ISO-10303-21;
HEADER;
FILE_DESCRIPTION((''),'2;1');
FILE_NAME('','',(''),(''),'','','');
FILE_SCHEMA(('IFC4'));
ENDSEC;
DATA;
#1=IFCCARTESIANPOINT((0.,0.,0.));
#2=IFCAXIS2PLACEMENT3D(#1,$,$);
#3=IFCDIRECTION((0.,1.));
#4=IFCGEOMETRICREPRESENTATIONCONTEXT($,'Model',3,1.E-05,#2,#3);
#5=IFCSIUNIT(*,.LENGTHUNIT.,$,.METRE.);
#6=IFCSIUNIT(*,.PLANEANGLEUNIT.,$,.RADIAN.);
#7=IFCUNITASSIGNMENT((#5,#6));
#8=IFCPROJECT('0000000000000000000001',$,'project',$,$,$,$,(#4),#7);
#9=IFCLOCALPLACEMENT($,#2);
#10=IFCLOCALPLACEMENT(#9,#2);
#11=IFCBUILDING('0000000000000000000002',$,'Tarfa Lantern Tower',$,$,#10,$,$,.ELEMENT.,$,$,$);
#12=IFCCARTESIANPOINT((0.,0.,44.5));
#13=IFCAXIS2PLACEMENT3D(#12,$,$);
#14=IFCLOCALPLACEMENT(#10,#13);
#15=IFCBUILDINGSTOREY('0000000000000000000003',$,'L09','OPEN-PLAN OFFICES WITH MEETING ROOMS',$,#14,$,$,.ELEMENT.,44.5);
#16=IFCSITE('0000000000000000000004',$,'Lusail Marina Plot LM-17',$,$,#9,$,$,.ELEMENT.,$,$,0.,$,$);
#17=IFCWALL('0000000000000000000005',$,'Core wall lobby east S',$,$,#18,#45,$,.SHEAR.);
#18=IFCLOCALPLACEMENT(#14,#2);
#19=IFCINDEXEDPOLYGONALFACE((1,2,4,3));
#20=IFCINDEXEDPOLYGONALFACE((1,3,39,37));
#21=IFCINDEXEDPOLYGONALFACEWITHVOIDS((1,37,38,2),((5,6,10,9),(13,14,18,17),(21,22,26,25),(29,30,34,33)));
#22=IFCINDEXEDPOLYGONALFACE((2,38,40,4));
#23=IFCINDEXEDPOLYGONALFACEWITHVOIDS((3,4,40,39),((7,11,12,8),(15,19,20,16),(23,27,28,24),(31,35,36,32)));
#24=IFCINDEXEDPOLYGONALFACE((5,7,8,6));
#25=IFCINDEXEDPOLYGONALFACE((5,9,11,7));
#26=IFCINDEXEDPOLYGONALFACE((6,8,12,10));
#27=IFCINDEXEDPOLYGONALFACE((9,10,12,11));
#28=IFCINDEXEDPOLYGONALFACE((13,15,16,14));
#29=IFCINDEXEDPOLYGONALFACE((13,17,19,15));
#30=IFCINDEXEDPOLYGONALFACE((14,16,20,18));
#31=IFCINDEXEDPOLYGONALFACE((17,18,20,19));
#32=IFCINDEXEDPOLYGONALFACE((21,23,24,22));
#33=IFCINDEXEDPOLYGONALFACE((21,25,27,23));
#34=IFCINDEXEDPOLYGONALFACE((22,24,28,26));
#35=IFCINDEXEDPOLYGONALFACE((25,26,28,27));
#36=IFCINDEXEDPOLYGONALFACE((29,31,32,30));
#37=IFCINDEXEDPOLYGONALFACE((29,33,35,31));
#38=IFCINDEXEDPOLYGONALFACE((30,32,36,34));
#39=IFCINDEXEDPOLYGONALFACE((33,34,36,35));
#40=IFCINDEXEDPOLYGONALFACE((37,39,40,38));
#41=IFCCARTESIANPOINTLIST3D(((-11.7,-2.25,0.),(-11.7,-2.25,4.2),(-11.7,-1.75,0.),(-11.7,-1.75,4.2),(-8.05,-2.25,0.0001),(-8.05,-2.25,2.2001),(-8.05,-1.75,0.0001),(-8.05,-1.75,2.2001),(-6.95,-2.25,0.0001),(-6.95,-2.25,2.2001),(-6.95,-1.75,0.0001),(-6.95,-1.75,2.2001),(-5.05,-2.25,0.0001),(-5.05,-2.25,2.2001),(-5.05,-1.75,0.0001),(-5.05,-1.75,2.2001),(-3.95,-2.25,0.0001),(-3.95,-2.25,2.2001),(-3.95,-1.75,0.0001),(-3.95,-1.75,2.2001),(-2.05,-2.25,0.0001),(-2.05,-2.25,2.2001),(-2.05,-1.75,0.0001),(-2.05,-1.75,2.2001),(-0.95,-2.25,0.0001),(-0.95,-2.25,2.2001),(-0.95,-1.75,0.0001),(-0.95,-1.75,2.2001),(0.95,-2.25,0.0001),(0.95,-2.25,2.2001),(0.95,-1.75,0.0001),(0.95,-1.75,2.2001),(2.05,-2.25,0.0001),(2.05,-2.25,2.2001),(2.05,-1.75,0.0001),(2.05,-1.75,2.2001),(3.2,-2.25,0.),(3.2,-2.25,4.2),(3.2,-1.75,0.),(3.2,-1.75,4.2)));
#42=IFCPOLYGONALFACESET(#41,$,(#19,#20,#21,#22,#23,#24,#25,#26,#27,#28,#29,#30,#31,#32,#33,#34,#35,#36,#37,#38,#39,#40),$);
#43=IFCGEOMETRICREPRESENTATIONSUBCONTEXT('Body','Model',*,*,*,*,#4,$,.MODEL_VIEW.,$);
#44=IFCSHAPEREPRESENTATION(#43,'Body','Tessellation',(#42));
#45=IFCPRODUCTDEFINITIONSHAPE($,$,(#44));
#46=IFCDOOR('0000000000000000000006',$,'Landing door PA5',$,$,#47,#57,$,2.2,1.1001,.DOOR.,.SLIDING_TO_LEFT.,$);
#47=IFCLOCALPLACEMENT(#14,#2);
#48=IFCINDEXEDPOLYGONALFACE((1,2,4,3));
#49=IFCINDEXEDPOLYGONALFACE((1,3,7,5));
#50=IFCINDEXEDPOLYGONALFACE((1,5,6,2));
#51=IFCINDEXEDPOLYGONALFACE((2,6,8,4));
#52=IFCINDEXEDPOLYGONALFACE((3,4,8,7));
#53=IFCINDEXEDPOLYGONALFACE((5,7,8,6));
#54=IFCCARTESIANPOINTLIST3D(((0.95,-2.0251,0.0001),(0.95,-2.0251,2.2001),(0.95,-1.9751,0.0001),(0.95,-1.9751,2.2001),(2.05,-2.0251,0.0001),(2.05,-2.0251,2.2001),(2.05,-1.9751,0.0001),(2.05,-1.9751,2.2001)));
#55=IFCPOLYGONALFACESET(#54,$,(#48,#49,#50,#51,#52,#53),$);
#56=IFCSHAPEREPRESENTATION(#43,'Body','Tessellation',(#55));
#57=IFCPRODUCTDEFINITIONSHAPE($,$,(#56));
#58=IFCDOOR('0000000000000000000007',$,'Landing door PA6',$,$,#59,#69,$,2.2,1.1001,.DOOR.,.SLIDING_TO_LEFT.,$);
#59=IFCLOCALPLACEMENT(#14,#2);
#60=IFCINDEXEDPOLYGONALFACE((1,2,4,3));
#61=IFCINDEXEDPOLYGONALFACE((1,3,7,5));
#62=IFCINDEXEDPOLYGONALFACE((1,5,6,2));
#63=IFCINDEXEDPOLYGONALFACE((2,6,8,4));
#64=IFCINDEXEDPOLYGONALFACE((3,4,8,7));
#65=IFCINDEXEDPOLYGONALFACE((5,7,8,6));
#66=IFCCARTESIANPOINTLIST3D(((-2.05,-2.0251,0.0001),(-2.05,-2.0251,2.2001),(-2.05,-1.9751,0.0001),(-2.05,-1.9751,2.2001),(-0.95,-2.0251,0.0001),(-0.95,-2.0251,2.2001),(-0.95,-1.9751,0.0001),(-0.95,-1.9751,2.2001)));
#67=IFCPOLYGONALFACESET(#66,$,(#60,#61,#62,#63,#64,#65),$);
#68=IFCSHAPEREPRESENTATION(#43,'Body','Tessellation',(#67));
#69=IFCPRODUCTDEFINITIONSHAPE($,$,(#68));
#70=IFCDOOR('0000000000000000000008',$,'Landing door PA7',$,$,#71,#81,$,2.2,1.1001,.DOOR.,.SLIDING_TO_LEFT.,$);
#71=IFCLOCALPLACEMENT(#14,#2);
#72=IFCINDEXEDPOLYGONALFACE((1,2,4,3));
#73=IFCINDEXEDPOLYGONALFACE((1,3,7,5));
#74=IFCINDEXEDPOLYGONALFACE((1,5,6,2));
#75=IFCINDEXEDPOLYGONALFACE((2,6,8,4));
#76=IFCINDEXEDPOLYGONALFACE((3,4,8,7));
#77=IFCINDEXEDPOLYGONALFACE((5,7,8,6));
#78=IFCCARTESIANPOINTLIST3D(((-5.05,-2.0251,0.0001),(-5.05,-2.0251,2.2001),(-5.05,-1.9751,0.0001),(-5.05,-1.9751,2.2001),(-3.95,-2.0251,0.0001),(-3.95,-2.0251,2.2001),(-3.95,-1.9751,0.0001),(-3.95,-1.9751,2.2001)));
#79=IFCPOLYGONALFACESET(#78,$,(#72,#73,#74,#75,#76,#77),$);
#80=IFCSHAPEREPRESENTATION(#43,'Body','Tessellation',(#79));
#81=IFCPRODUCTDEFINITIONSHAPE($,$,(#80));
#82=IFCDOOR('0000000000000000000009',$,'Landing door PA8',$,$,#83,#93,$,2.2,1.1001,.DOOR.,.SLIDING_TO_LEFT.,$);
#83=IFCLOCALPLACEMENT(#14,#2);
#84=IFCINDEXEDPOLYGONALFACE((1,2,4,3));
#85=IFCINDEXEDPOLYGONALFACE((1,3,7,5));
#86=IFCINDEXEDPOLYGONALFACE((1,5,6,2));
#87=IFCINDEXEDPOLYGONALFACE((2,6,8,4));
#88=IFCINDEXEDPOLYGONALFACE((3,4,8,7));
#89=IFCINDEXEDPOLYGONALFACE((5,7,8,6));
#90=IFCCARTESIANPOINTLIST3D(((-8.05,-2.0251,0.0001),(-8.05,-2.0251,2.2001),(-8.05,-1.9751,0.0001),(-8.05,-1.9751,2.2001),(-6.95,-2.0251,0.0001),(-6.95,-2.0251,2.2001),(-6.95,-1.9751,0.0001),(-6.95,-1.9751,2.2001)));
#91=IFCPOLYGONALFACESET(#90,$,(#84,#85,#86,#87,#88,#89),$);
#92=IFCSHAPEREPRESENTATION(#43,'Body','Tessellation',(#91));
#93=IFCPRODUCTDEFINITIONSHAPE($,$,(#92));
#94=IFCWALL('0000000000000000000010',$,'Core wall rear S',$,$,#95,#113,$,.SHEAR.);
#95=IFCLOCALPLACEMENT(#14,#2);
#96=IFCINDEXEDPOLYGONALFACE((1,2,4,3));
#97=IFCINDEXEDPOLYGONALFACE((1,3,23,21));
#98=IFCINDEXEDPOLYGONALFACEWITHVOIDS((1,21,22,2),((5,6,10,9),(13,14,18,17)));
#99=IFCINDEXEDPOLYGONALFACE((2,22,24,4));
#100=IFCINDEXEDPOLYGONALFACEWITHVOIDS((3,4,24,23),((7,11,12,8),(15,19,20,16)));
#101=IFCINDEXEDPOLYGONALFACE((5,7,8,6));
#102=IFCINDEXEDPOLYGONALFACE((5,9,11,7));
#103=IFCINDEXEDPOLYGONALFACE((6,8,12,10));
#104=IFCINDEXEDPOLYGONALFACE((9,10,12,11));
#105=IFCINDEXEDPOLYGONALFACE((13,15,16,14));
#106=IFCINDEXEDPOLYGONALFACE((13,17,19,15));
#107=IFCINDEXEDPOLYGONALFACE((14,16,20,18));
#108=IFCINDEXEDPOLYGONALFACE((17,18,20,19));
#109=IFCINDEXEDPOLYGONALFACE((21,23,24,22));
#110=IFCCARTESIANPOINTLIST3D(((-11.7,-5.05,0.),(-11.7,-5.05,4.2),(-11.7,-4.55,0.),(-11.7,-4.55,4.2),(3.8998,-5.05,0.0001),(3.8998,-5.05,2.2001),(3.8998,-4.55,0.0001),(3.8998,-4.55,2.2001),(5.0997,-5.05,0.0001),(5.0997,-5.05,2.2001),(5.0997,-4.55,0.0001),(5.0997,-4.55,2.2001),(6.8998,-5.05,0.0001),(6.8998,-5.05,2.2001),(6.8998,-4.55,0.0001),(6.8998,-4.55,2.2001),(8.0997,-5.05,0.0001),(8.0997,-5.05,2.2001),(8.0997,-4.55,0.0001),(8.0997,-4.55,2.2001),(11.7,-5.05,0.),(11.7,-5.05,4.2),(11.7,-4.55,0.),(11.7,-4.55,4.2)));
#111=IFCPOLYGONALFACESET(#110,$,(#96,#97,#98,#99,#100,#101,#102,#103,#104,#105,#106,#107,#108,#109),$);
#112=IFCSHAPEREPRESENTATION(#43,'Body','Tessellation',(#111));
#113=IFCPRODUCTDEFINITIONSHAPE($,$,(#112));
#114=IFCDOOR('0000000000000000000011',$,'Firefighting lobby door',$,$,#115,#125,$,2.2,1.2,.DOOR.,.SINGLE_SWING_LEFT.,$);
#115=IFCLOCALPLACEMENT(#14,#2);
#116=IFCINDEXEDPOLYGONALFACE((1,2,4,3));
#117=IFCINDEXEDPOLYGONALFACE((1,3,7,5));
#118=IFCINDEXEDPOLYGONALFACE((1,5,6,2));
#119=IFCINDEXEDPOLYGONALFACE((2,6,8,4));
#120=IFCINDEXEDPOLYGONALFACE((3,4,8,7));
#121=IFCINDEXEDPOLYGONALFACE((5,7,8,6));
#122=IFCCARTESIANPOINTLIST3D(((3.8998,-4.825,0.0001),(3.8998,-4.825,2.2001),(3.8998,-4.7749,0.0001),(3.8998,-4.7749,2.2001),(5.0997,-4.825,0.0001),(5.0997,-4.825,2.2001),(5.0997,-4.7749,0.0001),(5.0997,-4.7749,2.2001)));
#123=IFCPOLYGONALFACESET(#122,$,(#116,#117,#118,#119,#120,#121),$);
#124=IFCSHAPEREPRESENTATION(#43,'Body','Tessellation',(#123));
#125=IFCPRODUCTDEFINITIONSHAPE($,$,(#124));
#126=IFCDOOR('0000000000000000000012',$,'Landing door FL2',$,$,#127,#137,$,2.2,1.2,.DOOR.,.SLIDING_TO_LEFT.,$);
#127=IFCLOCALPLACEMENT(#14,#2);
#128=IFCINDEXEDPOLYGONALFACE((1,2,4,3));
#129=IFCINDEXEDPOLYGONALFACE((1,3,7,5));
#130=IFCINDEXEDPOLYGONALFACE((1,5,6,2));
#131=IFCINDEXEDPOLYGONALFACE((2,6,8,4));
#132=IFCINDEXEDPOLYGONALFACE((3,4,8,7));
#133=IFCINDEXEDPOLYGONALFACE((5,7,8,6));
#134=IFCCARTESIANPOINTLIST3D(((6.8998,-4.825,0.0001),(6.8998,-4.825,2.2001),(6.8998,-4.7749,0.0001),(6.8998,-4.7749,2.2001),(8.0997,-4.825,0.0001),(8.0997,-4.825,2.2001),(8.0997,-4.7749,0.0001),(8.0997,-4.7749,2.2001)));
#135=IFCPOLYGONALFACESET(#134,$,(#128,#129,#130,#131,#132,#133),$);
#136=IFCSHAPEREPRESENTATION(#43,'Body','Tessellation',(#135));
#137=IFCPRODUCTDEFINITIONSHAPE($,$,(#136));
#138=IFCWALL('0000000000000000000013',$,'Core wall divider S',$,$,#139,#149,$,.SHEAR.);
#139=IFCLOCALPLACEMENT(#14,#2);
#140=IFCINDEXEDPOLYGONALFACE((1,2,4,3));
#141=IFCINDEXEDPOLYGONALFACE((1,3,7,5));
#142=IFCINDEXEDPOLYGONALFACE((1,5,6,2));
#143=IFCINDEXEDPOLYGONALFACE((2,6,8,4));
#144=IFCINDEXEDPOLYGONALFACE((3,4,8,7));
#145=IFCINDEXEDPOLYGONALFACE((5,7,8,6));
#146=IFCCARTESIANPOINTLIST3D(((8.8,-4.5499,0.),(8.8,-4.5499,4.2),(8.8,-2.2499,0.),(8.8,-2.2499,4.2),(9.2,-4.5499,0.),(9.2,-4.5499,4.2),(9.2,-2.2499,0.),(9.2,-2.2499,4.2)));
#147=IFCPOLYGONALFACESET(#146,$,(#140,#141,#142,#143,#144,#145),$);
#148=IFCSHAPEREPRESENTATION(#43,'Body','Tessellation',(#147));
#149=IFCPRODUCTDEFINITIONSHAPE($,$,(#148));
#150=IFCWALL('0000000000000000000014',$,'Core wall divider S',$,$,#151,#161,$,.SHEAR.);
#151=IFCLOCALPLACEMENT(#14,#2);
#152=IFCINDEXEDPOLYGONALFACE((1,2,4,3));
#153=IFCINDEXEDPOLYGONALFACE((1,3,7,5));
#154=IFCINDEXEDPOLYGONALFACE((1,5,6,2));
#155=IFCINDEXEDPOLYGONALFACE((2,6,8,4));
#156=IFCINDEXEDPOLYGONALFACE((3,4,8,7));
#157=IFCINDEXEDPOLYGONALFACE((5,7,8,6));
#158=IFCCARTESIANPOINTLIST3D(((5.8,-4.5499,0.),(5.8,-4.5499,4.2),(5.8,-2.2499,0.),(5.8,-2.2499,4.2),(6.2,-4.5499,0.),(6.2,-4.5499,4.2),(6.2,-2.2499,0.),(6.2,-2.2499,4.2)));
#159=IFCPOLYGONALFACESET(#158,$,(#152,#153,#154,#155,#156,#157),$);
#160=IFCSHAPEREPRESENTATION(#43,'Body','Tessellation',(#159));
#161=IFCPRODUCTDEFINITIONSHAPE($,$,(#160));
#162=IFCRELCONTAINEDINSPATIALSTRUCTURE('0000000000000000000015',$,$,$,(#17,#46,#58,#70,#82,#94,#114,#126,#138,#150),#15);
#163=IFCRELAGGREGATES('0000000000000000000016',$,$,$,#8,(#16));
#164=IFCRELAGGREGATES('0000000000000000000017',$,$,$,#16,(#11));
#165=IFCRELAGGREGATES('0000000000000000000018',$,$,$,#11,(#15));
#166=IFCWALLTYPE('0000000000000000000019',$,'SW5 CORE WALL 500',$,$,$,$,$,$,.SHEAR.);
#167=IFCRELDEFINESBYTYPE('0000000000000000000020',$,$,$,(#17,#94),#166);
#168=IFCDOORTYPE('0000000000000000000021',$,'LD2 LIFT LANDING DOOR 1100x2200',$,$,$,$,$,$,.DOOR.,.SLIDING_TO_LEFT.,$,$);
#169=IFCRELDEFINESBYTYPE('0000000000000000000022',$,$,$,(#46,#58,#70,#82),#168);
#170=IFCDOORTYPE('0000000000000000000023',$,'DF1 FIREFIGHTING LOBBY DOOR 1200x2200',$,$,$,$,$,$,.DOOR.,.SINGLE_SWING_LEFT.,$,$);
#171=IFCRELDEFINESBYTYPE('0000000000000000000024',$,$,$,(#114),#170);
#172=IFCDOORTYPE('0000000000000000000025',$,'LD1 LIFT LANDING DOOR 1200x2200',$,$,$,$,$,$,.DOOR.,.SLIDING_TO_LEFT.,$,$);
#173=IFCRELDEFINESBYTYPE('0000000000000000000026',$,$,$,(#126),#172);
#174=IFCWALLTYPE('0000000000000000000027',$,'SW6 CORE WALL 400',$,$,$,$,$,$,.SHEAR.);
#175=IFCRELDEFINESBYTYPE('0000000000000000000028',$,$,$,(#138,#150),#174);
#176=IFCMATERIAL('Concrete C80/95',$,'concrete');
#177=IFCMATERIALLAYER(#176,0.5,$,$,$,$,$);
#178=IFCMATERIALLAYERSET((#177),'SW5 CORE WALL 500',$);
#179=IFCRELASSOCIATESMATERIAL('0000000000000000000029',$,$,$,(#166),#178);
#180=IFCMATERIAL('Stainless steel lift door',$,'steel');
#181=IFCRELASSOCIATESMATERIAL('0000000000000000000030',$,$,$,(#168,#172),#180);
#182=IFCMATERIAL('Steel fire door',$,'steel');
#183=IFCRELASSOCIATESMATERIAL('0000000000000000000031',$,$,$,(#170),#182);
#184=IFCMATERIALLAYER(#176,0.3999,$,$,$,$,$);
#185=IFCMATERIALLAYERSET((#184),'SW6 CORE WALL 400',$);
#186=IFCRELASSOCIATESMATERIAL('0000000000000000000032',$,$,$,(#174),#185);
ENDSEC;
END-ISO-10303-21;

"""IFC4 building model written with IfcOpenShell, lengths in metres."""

from ifc_helpers import new_model, si_unit, direction, frame, frame_2d, origin, place, context, subcontext, project, spatial, rectangle, extrude, material, layer, layer_set, type_object, element, fill, save


model = new_model("IFC4")

# Units and contexts
model_context = context("Model", 3, precision=1e-05, world=origin(), true_north=direction((0.0, 1.0)))
body_context = subcontext(model_context, "Body", "Model", "MODEL_VIEW")
ifc_project = project(units=[si_unit("LENGTHUNIT", "METRE"), si_unit("PLANEANGLEUNIT", "RADIAN")], contexts=[model_context])

# Site, building, storey
site_placement = place(None, origin())
site = spatial("IfcSite", under=ifc_project, at=site_placement, Name="Lusail Marina Plot LM-17", CompositionType="ELEMENT", RefElevation=0.0)
building_placement = place(site_placement, origin())
building = spatial("IfcBuilding", under=site, at=building_placement, Name="Tarfa Lantern Tower", CompositionType="ELEMENT")
storey_placement = place(building_placement, frame((0.0, 0.0, 44.5)))
storey = spatial("IfcBuildingStorey", under=building, at=storey_placement, Name="L09", Description="OPEN-PLAN OFFICES WITH MEETING ROOMS", CompositionType="ELEMENT", Elevation=44.5)

# Shared definitions
ifc_material_1 = material(Name="Concrete C80/95", Category="concrete")

# Shared definitions
ifc_material_2 = material(Name="Steel fire door", Category="steel")

# Shared definitions
ifc_layer_1 = layer(ifc_material_1, 0.5)
ifc_layer_set_1 = layer_set([ifc_layer_1], Name="SW5 CORE WALL 500")
wall_type_1 = type_object("IfcWallType", Name="SW5 CORE WALL 500", PredefinedType="SHEAR", material=ifc_layer_set_1)

# Walls, openings, doors
wall_1_placement = place(storey_placement, frame((3.2, -2.0, 0.0), z_axis=(0.0, 0.0, 1.0), x_axis=(-1.0, 0.0, 0.0)))
wall_1 = element("IfcWall", 1, at=wall_1_placement, inside=storey, type_object=wall_type_1, Name="Core wall lobby east S", PredefinedType="SHEAR", context=body_context, shape_type="SweptSolid", body=[
    extrude(rectangle(XDim=14.8999, YDim=0.5, at=frame_2d((7.45, 0.0))), origin(), (0.0, 0.0, 1.0), 4.2),
])
opening_1_placement = place(wall_1_placement, frame((1.1499, 0.0, 0.0)))
opening_1 = element("IfcOpeningElement", 2, at=opening_1_placement, cuts=wall_1, PredefinedType="OPENING", context=body_context, shape_type="SweptSolid", body=[
    extrude(rectangle(XDim=1.1001, YDim=2.2, at=frame_2d((0.55, 1.1001))), frame((0.0, 0.26, 0.0), z_axis=(0.0, -1.0, 0.0), x_axis=(1.0, 0.0, 0.0)), (0.0, 0.0, 1.0), 0.52),
])
opening_2_placement = place(wall_1_placement, frame((4.1499, 0.0, 0.0)))
opening_2 = element("IfcOpeningElement", 3, at=opening_2_placement, cuts=wall_1, PredefinedType="OPENING", context=body_context, shape_type="SweptSolid", body=[
    extrude(rectangle(XDim=1.1001, YDim=2.2, at=frame_2d((0.55, 1.1001))), frame((0.0, 0.26, 0.0), z_axis=(0.0, -1.0, 0.0), x_axis=(1.0, 0.0, 0.0)), (0.0, 0.0, 1.0), 0.52),
])
opening_3_placement = place(wall_1_placement, frame((7.1499, 0.0, 0.0)))
opening_3 = element("IfcOpeningElement", 4, at=opening_3_placement, cuts=wall_1, PredefinedType="OPENING", context=body_context, shape_type="SweptSolid", body=[
    extrude(rectangle(XDim=1.1001, YDim=2.2, at=frame_2d((0.55, 1.1001))), frame((0.0, 0.26, 0.0), z_axis=(0.0, -1.0, 0.0), x_axis=(1.0, 0.0, 0.0)), (0.0, 0.0, 1.0), 0.52),
])
opening_4_placement = place(wall_1_placement, frame((10.1499, 0.0, 0.0)))
opening_4 = element("IfcOpeningElement", 5, at=opening_4_placement, cuts=wall_1, PredefinedType="OPENING", context=body_context, shape_type="SweptSolid", body=[
    extrude(rectangle(XDim=1.1001, YDim=2.2, at=frame_2d((0.55, 1.1001))), frame((0.0, 0.26, 0.0), z_axis=(0.0, -1.0, 0.0), x_axis=(1.0, 0.0, 0.0)), (0.0, 0.0, 1.0), 0.52),
])
ifc_material_3 = material(Name="Stainless steel lift door", Category="steel")
door_type_1 = type_object("IfcDoorType", Name="LD2 LIFT LANDING DOOR 1100x2200", OperationType="SLIDING_TO_LEFT", PredefinedType="DOOR", material=ifc_material_3)
door_1_placement = place(opening_1_placement, frame((1.1001, 0.0, 0.0), z_axis=(0.0, 0.0, 1.0), x_axis=(-1.0, 0.0, 0.0)))
door_1 = element("IfcDoor", 6, at=door_1_placement, inside=storey, type_object=door_type_1, Name="Landing door PA5", OperationType="SLIDING_TO_LEFT", OverallHeight=2.2, OverallWidth=1.1001, PredefinedType="DOOR", context=body_context, shape_type="SweptSolid", body=[
    extrude(rectangle(XDim=1.1001, YDim=2.2, at=frame_2d((0.55, 1.1001))), frame((0.0, 0.0249, 0.0), z_axis=(0.0, -1.0, 0.0), x_axis=(1.0, 0.0, 0.0)), (0.0, 0.0, 1.0), 0.05),
])
fill(opening_1, door_1)
door_2_placement = place(opening_2_placement, frame((1.1001, 0.0, 0.0), z_axis=(0.0, 0.0, 1.0), x_axis=(-1.0, 0.0, 0.0)))
door_2 = element("IfcDoor", 7, at=door_2_placement, inside=storey, type_object=door_type_1, Name="Landing door PA6", OperationType="SLIDING_TO_LEFT", OverallHeight=2.2, OverallWidth=1.1001, PredefinedType="DOOR", context=body_context, shape_type="SweptSolid", body=[
    extrude(rectangle(XDim=1.1001, YDim=2.2, at=frame_2d((0.55, 1.1001))), frame((0.0, 0.0249, 0.0), z_axis=(0.0, -1.0, 0.0), x_axis=(1.0, 0.0, 0.0)), (0.0, 0.0, 1.0), 0.05),
])
fill(opening_2, door_2)
door_3_placement = place(opening_3_placement, frame((1.1001, 0.0, 0.0), z_axis=(0.0, 0.0, 1.0), x_axis=(-1.0, 0.0, 0.0)))
door_3 = element("IfcDoor", 8, at=door_3_placement, inside=storey, type_object=door_type_1, Name="Landing door PA7", OperationType="SLIDING_TO_LEFT", OverallHeight=2.2, OverallWidth=1.1001, PredefinedType="DOOR", context=body_context, shape_type="SweptSolid", body=[
    extrude(rectangle(XDim=1.1001, YDim=2.2, at=frame_2d((0.55, 1.1001))), frame((0.0, 0.0249, 0.0), z_axis=(0.0, -1.0, 0.0), x_axis=(1.0, 0.0, 0.0)), (0.0, 0.0, 1.0), 0.05),
])
fill(opening_3, door_3)
door_4_placement = place(opening_4_placement, frame((1.1001, 0.0, 0.0), z_axis=(0.0, 0.0, 1.0), x_axis=(-1.0, 0.0, 0.0)))
door_4 = element("IfcDoor", 9, at=door_4_placement, inside=storey, type_object=door_type_1, Name="Landing door PA8", OperationType="SLIDING_TO_LEFT", OverallHeight=2.2, OverallWidth=1.1001, PredefinedType="DOOR", context=body_context, shape_type="SweptSolid", body=[
    extrude(rectangle(XDim=1.1001, YDim=2.2, at=frame_2d((0.55, 1.1001))), frame((0.0, 0.0249, 0.0), z_axis=(0.0, -1.0, 0.0), x_axis=(1.0, 0.0, 0.0)), (0.0, 0.0, 1.0), 0.05),
])
fill(opening_4, door_4)
wall_2_placement = place(storey_placement, frame((11.7, -4.8, 0.0), z_axis=(0.0, 0.0, 1.0), x_axis=(-1.0, 0.0, 0.0)))
wall_2 = element("IfcWall", 10, at=wall_2_placement, inside=storey, type_object=wall_type_1, Name="Core wall rear S", PredefinedType="SHEAR", context=body_context, shape_type="SweptSolid", body=[
    extrude(rectangle(XDim=23.3999, YDim=0.5, at=frame_2d((11.7, 0.0))), origin(), (0.0, 0.0, 1.0), 4.2),
])
opening_5_placement = place(wall_2_placement, frame((6.6001, 0.0, 0.0)))
opening_5 = element("IfcOpeningElement", 11, at=opening_5_placement, cuts=wall_2, PredefinedType="OPENING", context=body_context, shape_type="SweptSolid", body=[
    extrude(rectangle(XDim=1.2, YDim=2.2, at=frame_2d((0.6001, 1.1001))), frame((0.0, 0.26, 0.0), z_axis=(0.0, -1.0, 0.0), x_axis=(1.0, 0.0, 0.0)), (0.0, 0.0, 1.0), 0.52),
])
opening_6_placement = place(wall_2_placement, frame((3.6001, 0.0, 0.0)))
opening_6 = element("IfcOpeningElement", 12, at=opening_6_placement, cuts=wall_2, PredefinedType="OPENING", context=body_context, shape_type="SweptSolid", body=[
    extrude(rectangle(XDim=1.2, YDim=2.2, at=frame_2d((0.6001, 1.1001))), frame((0.0, 0.26, 0.0), z_axis=(0.0, -1.0, 0.0), x_axis=(1.0, 0.0, 0.0)), (0.0, 0.0, 1.0), 0.52),
])
door_type_2 = type_object("IfcDoorType", Name="DF1 FIREFIGHTING LOBBY DOOR 1200x2200", OperationType="SINGLE_SWING_LEFT", PredefinedType="DOOR", material=ifc_material_2)
door_5_placement = place(opening_5_placement, origin())
door_5 = element("IfcDoor", 13, at=door_5_placement, inside=storey, type_object=door_type_2, Name="Firefighting lobby door", OperationType="SINGLE_SWING_LEFT", OverallHeight=2.2, OverallWidth=1.2, PredefinedType="DOOR", context=body_context, shape_type="SweptSolid", body=[
    extrude(rectangle(XDim=1.2, YDim=2.2, at=frame_2d((0.6001, 1.1001))), frame((0.0, 0.0249, 0.0), z_axis=(0.0, -1.0, 0.0), x_axis=(1.0, 0.0, 0.0)), (0.0, 0.0, 1.0), 0.05),
])
fill(opening_5, door_5)
door_type_3 = type_object("IfcDoorType", Name="LD1 LIFT LANDING DOOR 1200x2200", OperationType="SLIDING_TO_LEFT", PredefinedType="DOOR", material=ifc_material_3)
door_6_placement = place(opening_6_placement, origin())
door_6 = element("IfcDoor", 14, at=door_6_placement, inside=storey, type_object=door_type_3, Name="Landing door FL2", OperationType="SLIDING_TO_LEFT", OverallHeight=2.2, OverallWidth=1.2, PredefinedType="DOOR", context=body_context, shape_type="SweptSolid", body=[
    extrude(rectangle(XDim=1.2, YDim=2.2, at=frame_2d((0.6001, 1.1001))), frame((0.0, 0.0249, 0.0), z_axis=(0.0, -1.0, 0.0), x_axis=(1.0, 0.0, 0.0)), (0.0, 0.0, 1.0), 0.05),
])
fill(opening_6, door_6)

# Walls
ifc_layer_2 = layer(ifc_material_1, 0.3999)
ifc_layer_set_2 = layer_set([ifc_layer_2], Name="SW6 CORE WALL 400")
wall_type_2 = type_object("IfcWallType", Name="SW6 CORE WALL 400", PredefinedType="SHEAR", material=ifc_layer_set_2)
for number, where, z_axis, x_axis, name in (
    (15, (9.0, -2.25, 0.0), (0.0, 0.0, 1.0), (0.0, -1.0, 0.0), "Core wall divider S"),
    (16, (6.0, -2.25, 0.0), (0.0, 0.0, 1.0), (0.0, -1.0, 0.0), "Core wall divider S"),
):
    element("IfcWall", number, at=place(storey_placement, frame(where, z_axis=z_axis, x_axis=x_axis)), inside=storey, type_object=wall_type_2, Name=name, PredefinedType="SHEAR", context=body_context, shape_type="SweptSolid", body=[
        extrude(rectangle(XDim=2.3, YDim=0.3999, at=frame_2d((1.1499, 0.0))), origin(), (0.0, 0.0, 1.0), 4.2),
    ])

save(model, "model.ifc")
